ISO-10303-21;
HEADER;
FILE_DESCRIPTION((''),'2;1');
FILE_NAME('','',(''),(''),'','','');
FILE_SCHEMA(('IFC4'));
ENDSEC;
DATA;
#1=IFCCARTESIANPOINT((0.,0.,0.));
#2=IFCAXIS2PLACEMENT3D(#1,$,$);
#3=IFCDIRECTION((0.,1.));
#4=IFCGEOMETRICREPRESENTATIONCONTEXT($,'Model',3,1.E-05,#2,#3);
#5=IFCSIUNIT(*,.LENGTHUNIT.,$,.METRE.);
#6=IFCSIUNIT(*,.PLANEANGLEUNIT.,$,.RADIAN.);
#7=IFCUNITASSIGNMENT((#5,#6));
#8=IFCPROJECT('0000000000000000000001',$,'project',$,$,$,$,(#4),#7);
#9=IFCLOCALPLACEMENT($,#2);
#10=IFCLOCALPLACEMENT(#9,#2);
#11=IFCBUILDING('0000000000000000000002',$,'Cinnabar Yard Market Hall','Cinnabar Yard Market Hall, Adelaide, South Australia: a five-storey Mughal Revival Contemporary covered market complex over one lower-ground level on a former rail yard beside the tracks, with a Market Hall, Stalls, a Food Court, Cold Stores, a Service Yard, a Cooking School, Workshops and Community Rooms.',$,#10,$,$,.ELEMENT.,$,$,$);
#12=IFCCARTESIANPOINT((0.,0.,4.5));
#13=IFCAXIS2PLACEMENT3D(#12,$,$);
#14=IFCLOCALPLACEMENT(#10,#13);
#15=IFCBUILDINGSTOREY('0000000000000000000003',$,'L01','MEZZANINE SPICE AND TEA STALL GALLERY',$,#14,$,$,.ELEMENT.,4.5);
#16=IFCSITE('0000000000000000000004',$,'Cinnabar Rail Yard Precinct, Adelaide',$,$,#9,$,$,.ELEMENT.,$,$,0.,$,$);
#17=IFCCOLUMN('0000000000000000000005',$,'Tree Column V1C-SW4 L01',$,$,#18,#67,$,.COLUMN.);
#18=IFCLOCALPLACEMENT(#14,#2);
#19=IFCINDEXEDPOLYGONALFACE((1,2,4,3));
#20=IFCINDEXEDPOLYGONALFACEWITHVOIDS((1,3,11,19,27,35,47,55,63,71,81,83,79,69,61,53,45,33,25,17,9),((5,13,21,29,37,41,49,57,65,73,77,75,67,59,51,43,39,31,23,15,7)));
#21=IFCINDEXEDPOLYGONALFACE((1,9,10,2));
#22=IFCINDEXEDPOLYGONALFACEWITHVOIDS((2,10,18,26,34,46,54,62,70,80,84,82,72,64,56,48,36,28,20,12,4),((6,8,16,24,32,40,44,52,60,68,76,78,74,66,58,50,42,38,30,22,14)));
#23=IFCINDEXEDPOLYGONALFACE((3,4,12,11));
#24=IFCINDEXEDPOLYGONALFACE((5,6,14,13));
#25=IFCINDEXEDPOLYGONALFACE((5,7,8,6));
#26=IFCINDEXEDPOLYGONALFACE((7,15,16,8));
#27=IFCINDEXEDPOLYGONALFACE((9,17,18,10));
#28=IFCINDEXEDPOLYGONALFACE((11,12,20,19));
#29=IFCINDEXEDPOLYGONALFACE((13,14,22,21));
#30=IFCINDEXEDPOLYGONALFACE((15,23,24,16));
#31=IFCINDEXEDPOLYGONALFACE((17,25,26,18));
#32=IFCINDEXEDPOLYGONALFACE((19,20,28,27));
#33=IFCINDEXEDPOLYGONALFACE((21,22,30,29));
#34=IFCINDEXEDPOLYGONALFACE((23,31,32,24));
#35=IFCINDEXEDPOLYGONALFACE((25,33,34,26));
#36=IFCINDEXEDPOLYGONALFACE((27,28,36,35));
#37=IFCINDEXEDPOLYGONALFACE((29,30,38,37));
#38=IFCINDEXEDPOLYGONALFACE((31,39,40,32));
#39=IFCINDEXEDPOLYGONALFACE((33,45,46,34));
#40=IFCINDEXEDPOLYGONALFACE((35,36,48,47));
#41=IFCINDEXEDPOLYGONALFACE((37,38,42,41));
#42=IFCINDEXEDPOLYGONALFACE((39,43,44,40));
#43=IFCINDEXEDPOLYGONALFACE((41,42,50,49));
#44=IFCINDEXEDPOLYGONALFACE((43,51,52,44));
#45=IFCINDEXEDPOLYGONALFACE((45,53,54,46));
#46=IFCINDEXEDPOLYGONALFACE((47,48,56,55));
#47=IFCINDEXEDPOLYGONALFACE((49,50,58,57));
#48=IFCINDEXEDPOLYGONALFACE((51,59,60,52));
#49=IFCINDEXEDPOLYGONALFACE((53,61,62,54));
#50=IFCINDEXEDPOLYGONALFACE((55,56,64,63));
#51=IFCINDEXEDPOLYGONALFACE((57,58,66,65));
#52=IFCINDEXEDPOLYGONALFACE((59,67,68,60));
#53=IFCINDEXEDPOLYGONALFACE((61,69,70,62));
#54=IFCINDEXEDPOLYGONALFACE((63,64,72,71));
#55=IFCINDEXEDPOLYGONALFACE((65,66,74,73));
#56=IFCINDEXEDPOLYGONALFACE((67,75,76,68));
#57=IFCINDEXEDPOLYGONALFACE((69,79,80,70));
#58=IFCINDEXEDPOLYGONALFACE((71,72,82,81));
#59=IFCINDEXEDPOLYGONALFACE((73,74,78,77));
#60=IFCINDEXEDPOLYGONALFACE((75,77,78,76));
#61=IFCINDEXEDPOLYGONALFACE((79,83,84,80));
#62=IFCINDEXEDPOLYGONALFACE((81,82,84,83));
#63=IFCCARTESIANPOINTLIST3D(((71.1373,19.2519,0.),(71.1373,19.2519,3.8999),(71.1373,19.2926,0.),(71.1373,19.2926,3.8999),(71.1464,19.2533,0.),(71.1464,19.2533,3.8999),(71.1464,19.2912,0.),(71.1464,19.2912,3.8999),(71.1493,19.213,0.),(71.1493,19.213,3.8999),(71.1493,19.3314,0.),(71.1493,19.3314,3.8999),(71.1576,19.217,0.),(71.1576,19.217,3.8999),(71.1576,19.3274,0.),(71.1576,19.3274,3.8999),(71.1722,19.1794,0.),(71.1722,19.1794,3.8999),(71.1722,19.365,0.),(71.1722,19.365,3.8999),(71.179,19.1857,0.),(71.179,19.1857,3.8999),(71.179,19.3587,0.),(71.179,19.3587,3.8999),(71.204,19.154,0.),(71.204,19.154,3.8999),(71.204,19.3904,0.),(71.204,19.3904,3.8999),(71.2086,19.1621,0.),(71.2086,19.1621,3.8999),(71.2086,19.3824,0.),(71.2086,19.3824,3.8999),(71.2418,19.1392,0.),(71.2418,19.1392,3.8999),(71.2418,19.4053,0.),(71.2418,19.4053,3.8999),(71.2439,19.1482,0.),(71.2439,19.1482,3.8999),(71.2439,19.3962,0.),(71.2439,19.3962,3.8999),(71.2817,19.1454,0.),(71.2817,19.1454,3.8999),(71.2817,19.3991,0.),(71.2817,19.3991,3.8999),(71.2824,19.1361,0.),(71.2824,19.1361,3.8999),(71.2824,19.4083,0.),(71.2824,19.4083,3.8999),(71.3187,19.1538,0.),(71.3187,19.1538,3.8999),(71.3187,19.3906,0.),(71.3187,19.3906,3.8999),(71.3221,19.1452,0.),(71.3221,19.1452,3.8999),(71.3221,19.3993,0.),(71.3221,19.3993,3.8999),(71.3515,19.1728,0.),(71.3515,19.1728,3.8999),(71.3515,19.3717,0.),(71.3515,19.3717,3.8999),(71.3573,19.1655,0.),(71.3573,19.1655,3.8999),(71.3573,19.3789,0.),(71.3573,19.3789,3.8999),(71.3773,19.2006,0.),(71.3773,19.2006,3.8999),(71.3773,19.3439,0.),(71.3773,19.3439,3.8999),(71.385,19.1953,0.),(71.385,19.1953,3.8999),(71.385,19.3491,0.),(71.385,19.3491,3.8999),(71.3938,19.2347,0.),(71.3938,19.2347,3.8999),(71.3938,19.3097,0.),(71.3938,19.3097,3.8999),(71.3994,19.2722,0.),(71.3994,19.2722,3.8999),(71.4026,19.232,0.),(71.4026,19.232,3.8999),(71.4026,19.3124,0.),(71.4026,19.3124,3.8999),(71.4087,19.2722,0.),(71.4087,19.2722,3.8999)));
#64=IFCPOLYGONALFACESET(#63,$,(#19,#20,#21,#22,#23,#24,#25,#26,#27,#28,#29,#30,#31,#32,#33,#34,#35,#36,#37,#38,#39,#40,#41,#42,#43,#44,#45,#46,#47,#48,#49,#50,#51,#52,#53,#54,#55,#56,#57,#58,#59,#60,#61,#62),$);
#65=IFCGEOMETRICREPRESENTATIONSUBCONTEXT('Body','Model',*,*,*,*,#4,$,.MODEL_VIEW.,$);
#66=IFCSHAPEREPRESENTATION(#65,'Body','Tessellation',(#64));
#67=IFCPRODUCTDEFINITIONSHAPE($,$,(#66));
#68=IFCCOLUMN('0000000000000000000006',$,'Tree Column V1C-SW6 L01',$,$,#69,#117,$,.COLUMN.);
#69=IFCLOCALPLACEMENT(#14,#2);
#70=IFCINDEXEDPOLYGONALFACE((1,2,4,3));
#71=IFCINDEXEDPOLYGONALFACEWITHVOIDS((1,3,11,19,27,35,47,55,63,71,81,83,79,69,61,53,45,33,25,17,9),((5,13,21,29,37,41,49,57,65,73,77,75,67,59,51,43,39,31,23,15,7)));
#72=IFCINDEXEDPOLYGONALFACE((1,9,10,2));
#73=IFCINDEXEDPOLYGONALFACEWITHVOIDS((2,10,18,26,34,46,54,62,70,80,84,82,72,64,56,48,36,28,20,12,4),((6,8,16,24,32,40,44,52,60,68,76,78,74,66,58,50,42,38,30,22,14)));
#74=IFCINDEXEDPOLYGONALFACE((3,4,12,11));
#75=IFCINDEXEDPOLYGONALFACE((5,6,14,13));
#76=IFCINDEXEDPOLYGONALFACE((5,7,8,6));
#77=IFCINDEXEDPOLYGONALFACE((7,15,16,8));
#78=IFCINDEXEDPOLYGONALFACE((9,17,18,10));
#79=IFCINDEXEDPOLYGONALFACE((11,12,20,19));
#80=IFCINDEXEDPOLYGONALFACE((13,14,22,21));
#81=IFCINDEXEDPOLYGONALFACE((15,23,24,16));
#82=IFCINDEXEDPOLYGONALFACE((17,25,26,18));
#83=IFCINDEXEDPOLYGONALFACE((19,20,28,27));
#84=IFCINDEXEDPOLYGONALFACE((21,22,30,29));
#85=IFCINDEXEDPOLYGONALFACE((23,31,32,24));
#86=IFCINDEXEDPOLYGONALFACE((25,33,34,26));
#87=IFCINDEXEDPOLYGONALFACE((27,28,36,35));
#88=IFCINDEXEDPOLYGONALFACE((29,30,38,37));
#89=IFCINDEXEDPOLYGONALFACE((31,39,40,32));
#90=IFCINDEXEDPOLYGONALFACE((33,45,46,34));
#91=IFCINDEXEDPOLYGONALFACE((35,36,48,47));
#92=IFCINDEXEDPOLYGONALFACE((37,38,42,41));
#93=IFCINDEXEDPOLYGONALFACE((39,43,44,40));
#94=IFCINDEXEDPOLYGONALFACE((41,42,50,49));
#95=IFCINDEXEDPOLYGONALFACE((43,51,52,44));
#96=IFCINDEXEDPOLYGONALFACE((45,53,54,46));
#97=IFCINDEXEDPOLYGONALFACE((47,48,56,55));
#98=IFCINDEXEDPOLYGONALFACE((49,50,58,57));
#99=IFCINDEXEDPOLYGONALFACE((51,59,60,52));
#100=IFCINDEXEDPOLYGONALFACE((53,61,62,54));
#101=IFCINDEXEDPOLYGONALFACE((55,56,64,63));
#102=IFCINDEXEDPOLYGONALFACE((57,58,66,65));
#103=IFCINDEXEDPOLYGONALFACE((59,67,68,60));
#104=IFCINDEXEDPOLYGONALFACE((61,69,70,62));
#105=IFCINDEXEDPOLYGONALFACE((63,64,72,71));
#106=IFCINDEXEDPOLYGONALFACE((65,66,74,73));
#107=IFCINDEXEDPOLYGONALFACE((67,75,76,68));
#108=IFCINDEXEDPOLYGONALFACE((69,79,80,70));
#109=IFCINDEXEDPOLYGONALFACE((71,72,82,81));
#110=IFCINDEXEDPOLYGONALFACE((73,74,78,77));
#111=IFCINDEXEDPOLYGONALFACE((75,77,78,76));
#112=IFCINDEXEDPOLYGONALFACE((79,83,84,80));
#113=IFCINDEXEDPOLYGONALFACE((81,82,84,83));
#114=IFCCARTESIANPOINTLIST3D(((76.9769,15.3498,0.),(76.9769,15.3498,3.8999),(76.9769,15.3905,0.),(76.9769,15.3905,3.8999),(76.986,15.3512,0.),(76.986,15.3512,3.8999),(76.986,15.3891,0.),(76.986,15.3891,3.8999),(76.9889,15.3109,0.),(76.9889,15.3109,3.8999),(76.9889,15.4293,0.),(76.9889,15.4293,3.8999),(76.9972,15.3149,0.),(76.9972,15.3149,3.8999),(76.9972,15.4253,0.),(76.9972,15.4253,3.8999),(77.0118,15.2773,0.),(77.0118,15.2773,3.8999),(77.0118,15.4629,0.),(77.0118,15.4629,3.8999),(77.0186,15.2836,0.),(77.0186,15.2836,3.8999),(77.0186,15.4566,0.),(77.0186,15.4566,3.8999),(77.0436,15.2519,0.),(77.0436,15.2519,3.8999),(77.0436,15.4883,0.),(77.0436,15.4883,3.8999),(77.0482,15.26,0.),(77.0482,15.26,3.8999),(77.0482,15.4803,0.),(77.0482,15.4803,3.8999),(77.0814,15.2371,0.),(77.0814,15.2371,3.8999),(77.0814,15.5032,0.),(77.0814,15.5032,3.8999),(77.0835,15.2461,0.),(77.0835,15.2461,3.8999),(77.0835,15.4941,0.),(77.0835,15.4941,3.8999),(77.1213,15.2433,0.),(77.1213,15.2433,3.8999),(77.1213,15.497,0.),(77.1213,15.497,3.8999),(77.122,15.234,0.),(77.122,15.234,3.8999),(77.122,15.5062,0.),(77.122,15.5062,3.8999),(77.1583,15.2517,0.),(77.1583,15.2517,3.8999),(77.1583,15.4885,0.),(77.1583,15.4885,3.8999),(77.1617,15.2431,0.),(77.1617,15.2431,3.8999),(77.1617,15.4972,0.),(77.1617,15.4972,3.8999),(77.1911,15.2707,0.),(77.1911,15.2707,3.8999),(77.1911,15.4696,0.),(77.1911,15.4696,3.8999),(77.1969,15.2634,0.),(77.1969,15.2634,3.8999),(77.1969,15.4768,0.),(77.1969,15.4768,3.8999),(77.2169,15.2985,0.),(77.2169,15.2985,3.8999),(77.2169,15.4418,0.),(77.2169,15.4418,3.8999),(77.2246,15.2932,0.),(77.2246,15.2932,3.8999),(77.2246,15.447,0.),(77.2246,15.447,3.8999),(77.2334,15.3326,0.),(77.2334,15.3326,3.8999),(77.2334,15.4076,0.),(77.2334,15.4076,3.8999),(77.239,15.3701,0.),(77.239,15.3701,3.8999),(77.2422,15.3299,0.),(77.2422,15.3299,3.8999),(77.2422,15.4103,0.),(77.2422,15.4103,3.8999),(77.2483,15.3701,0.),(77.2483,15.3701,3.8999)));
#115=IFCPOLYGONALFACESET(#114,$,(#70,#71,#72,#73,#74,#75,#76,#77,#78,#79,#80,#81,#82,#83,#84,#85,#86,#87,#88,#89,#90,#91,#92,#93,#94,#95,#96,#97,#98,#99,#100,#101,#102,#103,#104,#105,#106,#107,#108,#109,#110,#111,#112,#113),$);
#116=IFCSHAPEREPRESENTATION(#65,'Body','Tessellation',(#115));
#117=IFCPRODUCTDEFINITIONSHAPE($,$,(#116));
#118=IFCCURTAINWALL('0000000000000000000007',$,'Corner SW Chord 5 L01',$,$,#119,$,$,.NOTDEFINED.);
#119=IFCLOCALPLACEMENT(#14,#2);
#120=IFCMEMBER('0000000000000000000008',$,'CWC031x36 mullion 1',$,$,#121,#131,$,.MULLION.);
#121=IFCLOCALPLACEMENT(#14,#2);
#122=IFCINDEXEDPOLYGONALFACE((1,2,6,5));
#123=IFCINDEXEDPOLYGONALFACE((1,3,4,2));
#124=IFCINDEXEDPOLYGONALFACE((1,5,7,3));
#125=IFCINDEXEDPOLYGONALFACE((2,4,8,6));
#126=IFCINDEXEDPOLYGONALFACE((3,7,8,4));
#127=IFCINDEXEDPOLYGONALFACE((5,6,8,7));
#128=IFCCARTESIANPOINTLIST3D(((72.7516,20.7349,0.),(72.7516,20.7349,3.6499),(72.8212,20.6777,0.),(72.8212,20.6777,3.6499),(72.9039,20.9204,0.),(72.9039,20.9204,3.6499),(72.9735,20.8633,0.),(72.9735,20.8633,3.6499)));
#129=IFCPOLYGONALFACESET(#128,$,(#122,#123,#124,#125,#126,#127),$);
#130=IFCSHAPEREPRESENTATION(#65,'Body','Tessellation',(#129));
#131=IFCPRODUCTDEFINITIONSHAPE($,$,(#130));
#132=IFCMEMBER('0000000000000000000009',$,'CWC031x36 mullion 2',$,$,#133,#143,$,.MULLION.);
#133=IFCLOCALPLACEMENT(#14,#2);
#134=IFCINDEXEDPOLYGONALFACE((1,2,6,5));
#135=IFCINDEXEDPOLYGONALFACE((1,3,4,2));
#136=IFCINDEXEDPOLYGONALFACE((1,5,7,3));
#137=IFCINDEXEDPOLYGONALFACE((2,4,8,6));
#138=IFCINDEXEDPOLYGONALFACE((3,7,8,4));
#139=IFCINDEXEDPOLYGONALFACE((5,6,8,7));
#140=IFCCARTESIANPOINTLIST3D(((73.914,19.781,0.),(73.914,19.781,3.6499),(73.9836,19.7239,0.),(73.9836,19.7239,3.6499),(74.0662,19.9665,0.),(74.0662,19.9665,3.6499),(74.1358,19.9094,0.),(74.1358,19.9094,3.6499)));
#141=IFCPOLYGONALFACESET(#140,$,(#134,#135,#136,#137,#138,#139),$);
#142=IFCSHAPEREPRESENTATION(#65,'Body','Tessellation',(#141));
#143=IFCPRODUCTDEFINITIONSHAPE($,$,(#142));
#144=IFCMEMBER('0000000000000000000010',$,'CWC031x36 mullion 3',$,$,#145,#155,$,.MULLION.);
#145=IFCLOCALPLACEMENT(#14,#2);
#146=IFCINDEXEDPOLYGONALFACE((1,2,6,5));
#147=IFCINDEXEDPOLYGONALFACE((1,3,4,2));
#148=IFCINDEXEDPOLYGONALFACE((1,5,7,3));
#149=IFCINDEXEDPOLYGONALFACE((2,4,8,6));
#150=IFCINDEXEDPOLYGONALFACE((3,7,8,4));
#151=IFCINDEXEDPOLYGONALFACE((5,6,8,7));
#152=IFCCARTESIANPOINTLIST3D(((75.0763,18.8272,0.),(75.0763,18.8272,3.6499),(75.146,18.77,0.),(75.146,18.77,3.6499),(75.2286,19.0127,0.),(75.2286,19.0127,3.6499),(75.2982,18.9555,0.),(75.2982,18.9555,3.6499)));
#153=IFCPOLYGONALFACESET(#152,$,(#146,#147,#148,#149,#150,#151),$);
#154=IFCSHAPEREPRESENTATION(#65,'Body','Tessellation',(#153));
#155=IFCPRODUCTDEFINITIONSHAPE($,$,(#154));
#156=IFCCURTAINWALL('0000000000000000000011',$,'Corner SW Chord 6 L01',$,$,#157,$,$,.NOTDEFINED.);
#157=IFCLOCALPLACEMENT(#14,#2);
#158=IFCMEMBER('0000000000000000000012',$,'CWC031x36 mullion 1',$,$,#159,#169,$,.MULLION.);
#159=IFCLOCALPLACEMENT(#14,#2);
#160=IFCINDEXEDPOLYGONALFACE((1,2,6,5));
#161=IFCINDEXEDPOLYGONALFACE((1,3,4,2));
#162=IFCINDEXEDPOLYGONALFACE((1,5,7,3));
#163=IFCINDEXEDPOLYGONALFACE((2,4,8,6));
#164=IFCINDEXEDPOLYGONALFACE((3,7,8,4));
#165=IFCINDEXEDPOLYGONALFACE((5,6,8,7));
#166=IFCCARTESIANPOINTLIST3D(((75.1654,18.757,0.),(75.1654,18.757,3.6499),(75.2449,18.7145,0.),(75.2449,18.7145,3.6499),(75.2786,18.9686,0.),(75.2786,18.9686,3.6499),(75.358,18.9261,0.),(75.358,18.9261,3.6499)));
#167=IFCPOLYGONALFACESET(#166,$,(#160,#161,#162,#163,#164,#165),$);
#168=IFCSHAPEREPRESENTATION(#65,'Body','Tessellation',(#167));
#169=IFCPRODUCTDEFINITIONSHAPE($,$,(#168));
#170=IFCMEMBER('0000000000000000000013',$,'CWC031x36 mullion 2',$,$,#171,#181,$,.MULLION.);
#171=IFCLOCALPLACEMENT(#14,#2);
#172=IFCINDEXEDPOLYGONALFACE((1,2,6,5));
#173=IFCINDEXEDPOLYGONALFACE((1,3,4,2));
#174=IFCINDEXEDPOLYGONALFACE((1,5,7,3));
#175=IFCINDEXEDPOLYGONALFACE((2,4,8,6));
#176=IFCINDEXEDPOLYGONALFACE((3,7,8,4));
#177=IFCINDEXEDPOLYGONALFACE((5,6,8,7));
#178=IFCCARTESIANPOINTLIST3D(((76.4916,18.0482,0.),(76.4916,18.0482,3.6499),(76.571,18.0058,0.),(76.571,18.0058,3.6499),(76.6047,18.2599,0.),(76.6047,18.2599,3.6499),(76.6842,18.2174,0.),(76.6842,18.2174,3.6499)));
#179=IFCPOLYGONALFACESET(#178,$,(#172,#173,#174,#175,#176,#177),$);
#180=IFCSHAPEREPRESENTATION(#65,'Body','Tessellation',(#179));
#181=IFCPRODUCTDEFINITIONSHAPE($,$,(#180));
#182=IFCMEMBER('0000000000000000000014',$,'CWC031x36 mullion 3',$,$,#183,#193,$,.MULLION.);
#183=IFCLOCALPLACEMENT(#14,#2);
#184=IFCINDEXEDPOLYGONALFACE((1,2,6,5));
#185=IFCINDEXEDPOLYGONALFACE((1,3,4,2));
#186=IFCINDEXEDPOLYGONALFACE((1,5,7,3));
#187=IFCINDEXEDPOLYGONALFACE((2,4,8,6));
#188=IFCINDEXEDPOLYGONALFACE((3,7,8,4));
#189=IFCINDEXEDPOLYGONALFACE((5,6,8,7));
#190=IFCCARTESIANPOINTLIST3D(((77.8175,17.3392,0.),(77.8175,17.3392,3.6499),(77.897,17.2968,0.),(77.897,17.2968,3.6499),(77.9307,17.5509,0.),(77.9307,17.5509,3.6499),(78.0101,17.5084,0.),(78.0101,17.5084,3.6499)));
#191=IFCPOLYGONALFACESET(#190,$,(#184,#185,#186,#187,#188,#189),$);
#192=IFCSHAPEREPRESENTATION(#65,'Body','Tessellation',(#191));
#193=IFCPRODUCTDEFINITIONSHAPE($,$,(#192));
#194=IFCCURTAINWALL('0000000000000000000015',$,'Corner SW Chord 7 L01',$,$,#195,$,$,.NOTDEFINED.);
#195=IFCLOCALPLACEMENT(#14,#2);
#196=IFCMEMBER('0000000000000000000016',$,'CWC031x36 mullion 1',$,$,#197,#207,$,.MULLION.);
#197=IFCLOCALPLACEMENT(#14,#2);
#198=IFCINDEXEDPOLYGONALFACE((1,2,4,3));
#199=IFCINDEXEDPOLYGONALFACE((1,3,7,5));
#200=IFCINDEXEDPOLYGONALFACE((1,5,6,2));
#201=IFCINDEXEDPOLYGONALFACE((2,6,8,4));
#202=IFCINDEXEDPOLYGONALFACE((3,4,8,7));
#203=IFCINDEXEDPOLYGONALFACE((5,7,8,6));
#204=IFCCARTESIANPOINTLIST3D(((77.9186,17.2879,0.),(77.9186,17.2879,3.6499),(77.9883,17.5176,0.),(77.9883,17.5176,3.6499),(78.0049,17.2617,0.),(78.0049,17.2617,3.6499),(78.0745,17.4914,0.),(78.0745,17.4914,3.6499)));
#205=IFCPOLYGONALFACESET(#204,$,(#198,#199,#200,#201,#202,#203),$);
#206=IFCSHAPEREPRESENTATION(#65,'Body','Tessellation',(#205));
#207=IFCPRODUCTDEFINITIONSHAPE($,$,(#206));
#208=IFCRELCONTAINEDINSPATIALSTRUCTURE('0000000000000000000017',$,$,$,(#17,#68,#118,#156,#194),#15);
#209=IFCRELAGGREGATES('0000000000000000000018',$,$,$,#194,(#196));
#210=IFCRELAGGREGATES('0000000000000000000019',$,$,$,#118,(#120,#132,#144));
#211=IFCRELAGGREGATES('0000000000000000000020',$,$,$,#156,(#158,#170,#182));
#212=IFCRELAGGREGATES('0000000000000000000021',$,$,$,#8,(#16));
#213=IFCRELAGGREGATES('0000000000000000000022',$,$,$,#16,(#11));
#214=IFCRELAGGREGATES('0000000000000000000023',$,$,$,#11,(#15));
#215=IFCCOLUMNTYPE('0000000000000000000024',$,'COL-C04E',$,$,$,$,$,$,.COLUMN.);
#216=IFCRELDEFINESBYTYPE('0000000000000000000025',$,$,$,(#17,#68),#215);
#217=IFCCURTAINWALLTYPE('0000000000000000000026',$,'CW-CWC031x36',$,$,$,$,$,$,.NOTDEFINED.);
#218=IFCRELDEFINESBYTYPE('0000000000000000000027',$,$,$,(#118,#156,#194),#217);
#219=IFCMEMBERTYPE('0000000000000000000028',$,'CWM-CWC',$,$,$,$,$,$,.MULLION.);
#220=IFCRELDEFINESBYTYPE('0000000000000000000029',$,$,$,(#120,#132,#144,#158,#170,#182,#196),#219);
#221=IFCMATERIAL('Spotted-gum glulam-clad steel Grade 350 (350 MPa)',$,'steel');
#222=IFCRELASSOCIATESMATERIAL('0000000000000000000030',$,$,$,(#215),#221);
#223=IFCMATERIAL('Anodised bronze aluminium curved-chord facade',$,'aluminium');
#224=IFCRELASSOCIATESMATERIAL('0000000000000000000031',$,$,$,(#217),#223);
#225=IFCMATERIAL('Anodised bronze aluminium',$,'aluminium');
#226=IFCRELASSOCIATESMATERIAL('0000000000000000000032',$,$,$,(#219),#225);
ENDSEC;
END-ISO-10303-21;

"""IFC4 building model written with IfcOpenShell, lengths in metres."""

from ifc_helpers import new_model, si_unit, direction, frame, origin, origin_2d_with_axis, place, context, subcontext, project, spatial, rectangle, hollow_circle, extrude, material, material_profile, profile_set, type_object, element, aggregate, save


model = new_model("IFC4")

# Units and contexts
model_context = context("Model", 3, precision=1e-05, world=origin(), true_north=direction((0.0, 1.0)))
body_context = subcontext(model_context, "Body", "Model", "MODEL_VIEW")
ifc_project = project(units=[si_unit("LENGTHUNIT", "METRE"), si_unit("PLANEANGLEUNIT", "RADIAN")], contexts=[model_context])

# Site, building, storey
site_placement = place(None, origin())
site = spatial("IfcSite", under=ifc_project, at=site_placement, Name="Cinnabar Rail Yard Precinct, Adelaide", CompositionType="ELEMENT", RefElevation=0.0)
building_placement = place(site_placement, origin())
building = spatial("IfcBuilding", under=site, at=building_placement, Name="Cinnabar Yard Market Hall", Description="Cinnabar Yard Market Hall, Adelaide, South Australia: a five-storey Mughal Revival Contemporary covered market complex over one lower-ground level on a former rail yard beside the tracks, with a Market Hall, Stalls, a Food Court, Cold Stores, a Service Yard, a Cooking School, Workshops and Community Rooms.", CompositionType="ELEMENT")
storey_placement = place(building_placement, frame((0.0, 0.0, 4.5)))
storey = spatial("IfcBuildingStorey", under=building, at=storey_placement, Name="L01", Description="MEZZANINE SPICE AND TEA STALL GALLERY", CompositionType="ELEMENT", Elevation=4.5)

# Columns
ifc_material_1 = material(Name="Spotted-gum glulam-clad steel Grade 350 (350 MPa)", Category="steel")
ifc_material_profile_1 = material_profile(ifc_material_1, hollow_circle(Radius=0.1365, WallThickness=0.0093, at=origin_2d_with_axis()), Name="273.1x9.3CHS")
ifc_profile_set_1 = profile_set([ifc_material_profile_1], Name="Spotted-gum glulam-clad steel Grade 350 (350 MPa)")
column_type = type_object("IfcColumnType", Name="COL-C04E", PredefinedType="COLUMN", material=ifc_profile_set_1)
for number, where, z_axis, x_axis, name in (
    (1, (71.2722, 19.2722, 0.0), (0.0, 0.0, 1.0), (1.0, 0.0, 0.0), "Tree Column V1C-SW4 L01"),
    (2, (77.1118, 15.3701, 0.0), (0.0, 0.0, 1.0), (1.0, 0.0, 0.0), "Tree Column V1C-SW6 L01"),
):
    element("IfcColumn", number, at=place(storey_placement, frame(where, z_axis=z_axis, x_axis=x_axis)), inside=storey, type_object=column_type, Name=name, PredefinedType="COLUMN", context=body_context, shape_type="SweptSolid", body=[
        extrude(hollow_circle(Radius=0.1365, WallThickness=0.0093, at=origin_2d_with_axis()), origin(), (0.0, 0.0, 1.0), 3.8999),
    ])

# Curtain walls, members
ifc_material_2 = material(Name="Anodised bronze aluminium curved-chord facade", Category="aluminium")
curtain_wall_type = type_object("IfcCurtainWallType", Name="CW-CWC031x36", PredefinedType="NOTDEFINED", material=ifc_material_2)
curtain_wall_1_placement = place(storey_placement, origin())
curtain_wall_1 = element("IfcCurtainWall", 3, at=curtain_wall_1_placement, inside=storey, type_object=curtain_wall_type, Name="Corner SW Chord 5 L01", PredefinedType="NOTDEFINED")
ifc_material_3 = material(Name="Anodised bronze aluminium", Category="aluminium")
ifc_material_profile_2 = material_profile(ifc_material_3, rectangle(XDim=0.24, YDim=0.0901, at=origin_2d_with_axis()), Name="MUL-CWC")
ifc_profile_set_2 = profile_set([ifc_material_profile_2], Name="Anodised bronze aluminium")
member_type_1 = type_object("IfcMemberType", Name="CWM-CWC", PredefinedType="MULLION", material=ifc_profile_set_2)
member_1_placement = place(storey_placement, frame((72.8625, 20.7991, 0.0), z_axis=(0.0, 0.0, 1.0), x_axis=(0.634383, 0.773019, 0.0)))
member_1 = element("IfcMember", 4, at=member_1_placement, type_object=member_type_1, Name="CWC031x36 mullion 1", PredefinedType="MULLION", context=body_context, shape_type="SweptSolid", body=[
    extrude(rectangle(XDim=0.24, YDim=0.0901, at=origin_2d_with_axis()), origin(), (0.0, 0.0, 1.0), 3.6499),
])
member_2_placement = place(storey_placement, frame((74.0249, 19.8452, 0.0), z_axis=(0.0, 0.0, 1.0), x_axis=(0.634383, 0.773019, 0.0)))
member_2 = element("IfcMember", 5, at=member_2_placement, type_object=member_type_1, Name="CWC031x36 mullion 2", PredefinedType="MULLION", context=body_context, shape_type="SweptSolid", body=[
    extrude(rectangle(XDim=0.24, YDim=0.0901, at=origin_2d_with_axis()), origin(), (0.0, 0.0, 1.0), 3.6499),
])
member_3_placement = place(storey_placement, frame((75.1873, 18.8914, 0.0), z_axis=(0.0, 0.0, 1.0), x_axis=(0.634383, 0.773019, 0.0)))
member_3 = element("IfcMember", 6, at=member_3_placement, type_object=member_type_1, Name="CWC031x36 mullion 3", PredefinedType="MULLION", context=body_context, shape_type="SweptSolid", body=[
    extrude(rectangle(XDim=0.24, YDim=0.0901, at=origin_2d_with_axis()), origin(), (0.0, 0.0, 1.0), 3.6499),
])
curtain_wall_2_placement = place(storey_placement, origin())
curtain_wall_2 = element("IfcCurtainWall", 7, at=curtain_wall_2_placement, inside=storey, type_object=curtain_wall_type, Name="Corner SW Chord 6 L01", PredefinedType="NOTDEFINED")
member_4_placement = place(storey_placement, frame((75.2617, 18.8416, 0.0), z_axis=(0.0, 0.0, 1.0), x_axis=(0.471404, 0.881917, 0.0)))
member_4 = element("IfcMember", 8, at=member_4_placement, type_object=member_type_1, Name="CWC031x36 mullion 1", PredefinedType="MULLION", context=body_context, shape_type="SweptSolid", body=[
    extrude(rectangle(XDim=0.24, YDim=0.0901, at=origin_2d_with_axis()), origin(), (0.0, 0.0, 1.0), 3.6499),
])
member_5_placement = place(storey_placement, frame((76.5879, 18.1328, 0.0), z_axis=(0.0, 0.0, 1.0), x_axis=(0.471404, 0.881917, 0.0)))
member_5 = element("IfcMember", 9, at=member_5_placement, type_object=member_type_1, Name="CWC031x36 mullion 2", PredefinedType="MULLION", context=body_context, shape_type="SweptSolid", body=[
    extrude(rectangle(XDim=0.24, YDim=0.0901, at=origin_2d_with_axis()), origin(), (0.0, 0.0, 1.0), 3.6499),
])
member_6_placement = place(storey_placement, frame((77.9138, 17.4238, 0.0), z_axis=(0.0, 0.0, 1.0), x_axis=(0.471404, 0.881917, 0.0)))
member_6 = element("IfcMember", 10, at=member_6_placement, type_object=member_type_1, Name="CWC031x36 mullion 3", PredefinedType="MULLION", context=body_context, shape_type="SweptSolid", body=[
    extrude(rectangle(XDim=0.24, YDim=0.0901, at=origin_2d_with_axis()), origin(), (0.0, 0.0, 1.0), 3.6499),
])

# Curtain wall, member
curtain_wall_3_placement = place(storey_placement, origin())
curtain_wall_3 = element("IfcCurtainWall", 11, at=curtain_wall_3_placement, inside=storey, type_object=curtain_wall_type, Name="Corner SW Chord 7 L01", PredefinedType="NOTDEFINED")
member_7_placement = place(storey_placement, frame((77.9966, 17.3896, 0.0), z_axis=(0.0, 0.0, 1.0), x_axis=(0.290279, 0.956942, 0.0)))
member_7 = element("IfcMember", 12, at=member_7_placement, type_object=member_type_1, Name="CWC031x36 mullion 1", PredefinedType="MULLION", context=body_context, shape_type="SweptSolid", body=[
    extrude(rectangle(XDim=0.24, YDim=0.0901, at=origin_2d_with_axis()), origin(), (0.0, 0.0, 1.0), 3.6499),
])

aggregate(curtain_wall_3, [member_7])

aggregate(curtain_wall_1, [member_1, member_2, member_3])
aggregate(curtain_wall_2, [member_4, member_5, member_6])

save(model, "model.ifc")
